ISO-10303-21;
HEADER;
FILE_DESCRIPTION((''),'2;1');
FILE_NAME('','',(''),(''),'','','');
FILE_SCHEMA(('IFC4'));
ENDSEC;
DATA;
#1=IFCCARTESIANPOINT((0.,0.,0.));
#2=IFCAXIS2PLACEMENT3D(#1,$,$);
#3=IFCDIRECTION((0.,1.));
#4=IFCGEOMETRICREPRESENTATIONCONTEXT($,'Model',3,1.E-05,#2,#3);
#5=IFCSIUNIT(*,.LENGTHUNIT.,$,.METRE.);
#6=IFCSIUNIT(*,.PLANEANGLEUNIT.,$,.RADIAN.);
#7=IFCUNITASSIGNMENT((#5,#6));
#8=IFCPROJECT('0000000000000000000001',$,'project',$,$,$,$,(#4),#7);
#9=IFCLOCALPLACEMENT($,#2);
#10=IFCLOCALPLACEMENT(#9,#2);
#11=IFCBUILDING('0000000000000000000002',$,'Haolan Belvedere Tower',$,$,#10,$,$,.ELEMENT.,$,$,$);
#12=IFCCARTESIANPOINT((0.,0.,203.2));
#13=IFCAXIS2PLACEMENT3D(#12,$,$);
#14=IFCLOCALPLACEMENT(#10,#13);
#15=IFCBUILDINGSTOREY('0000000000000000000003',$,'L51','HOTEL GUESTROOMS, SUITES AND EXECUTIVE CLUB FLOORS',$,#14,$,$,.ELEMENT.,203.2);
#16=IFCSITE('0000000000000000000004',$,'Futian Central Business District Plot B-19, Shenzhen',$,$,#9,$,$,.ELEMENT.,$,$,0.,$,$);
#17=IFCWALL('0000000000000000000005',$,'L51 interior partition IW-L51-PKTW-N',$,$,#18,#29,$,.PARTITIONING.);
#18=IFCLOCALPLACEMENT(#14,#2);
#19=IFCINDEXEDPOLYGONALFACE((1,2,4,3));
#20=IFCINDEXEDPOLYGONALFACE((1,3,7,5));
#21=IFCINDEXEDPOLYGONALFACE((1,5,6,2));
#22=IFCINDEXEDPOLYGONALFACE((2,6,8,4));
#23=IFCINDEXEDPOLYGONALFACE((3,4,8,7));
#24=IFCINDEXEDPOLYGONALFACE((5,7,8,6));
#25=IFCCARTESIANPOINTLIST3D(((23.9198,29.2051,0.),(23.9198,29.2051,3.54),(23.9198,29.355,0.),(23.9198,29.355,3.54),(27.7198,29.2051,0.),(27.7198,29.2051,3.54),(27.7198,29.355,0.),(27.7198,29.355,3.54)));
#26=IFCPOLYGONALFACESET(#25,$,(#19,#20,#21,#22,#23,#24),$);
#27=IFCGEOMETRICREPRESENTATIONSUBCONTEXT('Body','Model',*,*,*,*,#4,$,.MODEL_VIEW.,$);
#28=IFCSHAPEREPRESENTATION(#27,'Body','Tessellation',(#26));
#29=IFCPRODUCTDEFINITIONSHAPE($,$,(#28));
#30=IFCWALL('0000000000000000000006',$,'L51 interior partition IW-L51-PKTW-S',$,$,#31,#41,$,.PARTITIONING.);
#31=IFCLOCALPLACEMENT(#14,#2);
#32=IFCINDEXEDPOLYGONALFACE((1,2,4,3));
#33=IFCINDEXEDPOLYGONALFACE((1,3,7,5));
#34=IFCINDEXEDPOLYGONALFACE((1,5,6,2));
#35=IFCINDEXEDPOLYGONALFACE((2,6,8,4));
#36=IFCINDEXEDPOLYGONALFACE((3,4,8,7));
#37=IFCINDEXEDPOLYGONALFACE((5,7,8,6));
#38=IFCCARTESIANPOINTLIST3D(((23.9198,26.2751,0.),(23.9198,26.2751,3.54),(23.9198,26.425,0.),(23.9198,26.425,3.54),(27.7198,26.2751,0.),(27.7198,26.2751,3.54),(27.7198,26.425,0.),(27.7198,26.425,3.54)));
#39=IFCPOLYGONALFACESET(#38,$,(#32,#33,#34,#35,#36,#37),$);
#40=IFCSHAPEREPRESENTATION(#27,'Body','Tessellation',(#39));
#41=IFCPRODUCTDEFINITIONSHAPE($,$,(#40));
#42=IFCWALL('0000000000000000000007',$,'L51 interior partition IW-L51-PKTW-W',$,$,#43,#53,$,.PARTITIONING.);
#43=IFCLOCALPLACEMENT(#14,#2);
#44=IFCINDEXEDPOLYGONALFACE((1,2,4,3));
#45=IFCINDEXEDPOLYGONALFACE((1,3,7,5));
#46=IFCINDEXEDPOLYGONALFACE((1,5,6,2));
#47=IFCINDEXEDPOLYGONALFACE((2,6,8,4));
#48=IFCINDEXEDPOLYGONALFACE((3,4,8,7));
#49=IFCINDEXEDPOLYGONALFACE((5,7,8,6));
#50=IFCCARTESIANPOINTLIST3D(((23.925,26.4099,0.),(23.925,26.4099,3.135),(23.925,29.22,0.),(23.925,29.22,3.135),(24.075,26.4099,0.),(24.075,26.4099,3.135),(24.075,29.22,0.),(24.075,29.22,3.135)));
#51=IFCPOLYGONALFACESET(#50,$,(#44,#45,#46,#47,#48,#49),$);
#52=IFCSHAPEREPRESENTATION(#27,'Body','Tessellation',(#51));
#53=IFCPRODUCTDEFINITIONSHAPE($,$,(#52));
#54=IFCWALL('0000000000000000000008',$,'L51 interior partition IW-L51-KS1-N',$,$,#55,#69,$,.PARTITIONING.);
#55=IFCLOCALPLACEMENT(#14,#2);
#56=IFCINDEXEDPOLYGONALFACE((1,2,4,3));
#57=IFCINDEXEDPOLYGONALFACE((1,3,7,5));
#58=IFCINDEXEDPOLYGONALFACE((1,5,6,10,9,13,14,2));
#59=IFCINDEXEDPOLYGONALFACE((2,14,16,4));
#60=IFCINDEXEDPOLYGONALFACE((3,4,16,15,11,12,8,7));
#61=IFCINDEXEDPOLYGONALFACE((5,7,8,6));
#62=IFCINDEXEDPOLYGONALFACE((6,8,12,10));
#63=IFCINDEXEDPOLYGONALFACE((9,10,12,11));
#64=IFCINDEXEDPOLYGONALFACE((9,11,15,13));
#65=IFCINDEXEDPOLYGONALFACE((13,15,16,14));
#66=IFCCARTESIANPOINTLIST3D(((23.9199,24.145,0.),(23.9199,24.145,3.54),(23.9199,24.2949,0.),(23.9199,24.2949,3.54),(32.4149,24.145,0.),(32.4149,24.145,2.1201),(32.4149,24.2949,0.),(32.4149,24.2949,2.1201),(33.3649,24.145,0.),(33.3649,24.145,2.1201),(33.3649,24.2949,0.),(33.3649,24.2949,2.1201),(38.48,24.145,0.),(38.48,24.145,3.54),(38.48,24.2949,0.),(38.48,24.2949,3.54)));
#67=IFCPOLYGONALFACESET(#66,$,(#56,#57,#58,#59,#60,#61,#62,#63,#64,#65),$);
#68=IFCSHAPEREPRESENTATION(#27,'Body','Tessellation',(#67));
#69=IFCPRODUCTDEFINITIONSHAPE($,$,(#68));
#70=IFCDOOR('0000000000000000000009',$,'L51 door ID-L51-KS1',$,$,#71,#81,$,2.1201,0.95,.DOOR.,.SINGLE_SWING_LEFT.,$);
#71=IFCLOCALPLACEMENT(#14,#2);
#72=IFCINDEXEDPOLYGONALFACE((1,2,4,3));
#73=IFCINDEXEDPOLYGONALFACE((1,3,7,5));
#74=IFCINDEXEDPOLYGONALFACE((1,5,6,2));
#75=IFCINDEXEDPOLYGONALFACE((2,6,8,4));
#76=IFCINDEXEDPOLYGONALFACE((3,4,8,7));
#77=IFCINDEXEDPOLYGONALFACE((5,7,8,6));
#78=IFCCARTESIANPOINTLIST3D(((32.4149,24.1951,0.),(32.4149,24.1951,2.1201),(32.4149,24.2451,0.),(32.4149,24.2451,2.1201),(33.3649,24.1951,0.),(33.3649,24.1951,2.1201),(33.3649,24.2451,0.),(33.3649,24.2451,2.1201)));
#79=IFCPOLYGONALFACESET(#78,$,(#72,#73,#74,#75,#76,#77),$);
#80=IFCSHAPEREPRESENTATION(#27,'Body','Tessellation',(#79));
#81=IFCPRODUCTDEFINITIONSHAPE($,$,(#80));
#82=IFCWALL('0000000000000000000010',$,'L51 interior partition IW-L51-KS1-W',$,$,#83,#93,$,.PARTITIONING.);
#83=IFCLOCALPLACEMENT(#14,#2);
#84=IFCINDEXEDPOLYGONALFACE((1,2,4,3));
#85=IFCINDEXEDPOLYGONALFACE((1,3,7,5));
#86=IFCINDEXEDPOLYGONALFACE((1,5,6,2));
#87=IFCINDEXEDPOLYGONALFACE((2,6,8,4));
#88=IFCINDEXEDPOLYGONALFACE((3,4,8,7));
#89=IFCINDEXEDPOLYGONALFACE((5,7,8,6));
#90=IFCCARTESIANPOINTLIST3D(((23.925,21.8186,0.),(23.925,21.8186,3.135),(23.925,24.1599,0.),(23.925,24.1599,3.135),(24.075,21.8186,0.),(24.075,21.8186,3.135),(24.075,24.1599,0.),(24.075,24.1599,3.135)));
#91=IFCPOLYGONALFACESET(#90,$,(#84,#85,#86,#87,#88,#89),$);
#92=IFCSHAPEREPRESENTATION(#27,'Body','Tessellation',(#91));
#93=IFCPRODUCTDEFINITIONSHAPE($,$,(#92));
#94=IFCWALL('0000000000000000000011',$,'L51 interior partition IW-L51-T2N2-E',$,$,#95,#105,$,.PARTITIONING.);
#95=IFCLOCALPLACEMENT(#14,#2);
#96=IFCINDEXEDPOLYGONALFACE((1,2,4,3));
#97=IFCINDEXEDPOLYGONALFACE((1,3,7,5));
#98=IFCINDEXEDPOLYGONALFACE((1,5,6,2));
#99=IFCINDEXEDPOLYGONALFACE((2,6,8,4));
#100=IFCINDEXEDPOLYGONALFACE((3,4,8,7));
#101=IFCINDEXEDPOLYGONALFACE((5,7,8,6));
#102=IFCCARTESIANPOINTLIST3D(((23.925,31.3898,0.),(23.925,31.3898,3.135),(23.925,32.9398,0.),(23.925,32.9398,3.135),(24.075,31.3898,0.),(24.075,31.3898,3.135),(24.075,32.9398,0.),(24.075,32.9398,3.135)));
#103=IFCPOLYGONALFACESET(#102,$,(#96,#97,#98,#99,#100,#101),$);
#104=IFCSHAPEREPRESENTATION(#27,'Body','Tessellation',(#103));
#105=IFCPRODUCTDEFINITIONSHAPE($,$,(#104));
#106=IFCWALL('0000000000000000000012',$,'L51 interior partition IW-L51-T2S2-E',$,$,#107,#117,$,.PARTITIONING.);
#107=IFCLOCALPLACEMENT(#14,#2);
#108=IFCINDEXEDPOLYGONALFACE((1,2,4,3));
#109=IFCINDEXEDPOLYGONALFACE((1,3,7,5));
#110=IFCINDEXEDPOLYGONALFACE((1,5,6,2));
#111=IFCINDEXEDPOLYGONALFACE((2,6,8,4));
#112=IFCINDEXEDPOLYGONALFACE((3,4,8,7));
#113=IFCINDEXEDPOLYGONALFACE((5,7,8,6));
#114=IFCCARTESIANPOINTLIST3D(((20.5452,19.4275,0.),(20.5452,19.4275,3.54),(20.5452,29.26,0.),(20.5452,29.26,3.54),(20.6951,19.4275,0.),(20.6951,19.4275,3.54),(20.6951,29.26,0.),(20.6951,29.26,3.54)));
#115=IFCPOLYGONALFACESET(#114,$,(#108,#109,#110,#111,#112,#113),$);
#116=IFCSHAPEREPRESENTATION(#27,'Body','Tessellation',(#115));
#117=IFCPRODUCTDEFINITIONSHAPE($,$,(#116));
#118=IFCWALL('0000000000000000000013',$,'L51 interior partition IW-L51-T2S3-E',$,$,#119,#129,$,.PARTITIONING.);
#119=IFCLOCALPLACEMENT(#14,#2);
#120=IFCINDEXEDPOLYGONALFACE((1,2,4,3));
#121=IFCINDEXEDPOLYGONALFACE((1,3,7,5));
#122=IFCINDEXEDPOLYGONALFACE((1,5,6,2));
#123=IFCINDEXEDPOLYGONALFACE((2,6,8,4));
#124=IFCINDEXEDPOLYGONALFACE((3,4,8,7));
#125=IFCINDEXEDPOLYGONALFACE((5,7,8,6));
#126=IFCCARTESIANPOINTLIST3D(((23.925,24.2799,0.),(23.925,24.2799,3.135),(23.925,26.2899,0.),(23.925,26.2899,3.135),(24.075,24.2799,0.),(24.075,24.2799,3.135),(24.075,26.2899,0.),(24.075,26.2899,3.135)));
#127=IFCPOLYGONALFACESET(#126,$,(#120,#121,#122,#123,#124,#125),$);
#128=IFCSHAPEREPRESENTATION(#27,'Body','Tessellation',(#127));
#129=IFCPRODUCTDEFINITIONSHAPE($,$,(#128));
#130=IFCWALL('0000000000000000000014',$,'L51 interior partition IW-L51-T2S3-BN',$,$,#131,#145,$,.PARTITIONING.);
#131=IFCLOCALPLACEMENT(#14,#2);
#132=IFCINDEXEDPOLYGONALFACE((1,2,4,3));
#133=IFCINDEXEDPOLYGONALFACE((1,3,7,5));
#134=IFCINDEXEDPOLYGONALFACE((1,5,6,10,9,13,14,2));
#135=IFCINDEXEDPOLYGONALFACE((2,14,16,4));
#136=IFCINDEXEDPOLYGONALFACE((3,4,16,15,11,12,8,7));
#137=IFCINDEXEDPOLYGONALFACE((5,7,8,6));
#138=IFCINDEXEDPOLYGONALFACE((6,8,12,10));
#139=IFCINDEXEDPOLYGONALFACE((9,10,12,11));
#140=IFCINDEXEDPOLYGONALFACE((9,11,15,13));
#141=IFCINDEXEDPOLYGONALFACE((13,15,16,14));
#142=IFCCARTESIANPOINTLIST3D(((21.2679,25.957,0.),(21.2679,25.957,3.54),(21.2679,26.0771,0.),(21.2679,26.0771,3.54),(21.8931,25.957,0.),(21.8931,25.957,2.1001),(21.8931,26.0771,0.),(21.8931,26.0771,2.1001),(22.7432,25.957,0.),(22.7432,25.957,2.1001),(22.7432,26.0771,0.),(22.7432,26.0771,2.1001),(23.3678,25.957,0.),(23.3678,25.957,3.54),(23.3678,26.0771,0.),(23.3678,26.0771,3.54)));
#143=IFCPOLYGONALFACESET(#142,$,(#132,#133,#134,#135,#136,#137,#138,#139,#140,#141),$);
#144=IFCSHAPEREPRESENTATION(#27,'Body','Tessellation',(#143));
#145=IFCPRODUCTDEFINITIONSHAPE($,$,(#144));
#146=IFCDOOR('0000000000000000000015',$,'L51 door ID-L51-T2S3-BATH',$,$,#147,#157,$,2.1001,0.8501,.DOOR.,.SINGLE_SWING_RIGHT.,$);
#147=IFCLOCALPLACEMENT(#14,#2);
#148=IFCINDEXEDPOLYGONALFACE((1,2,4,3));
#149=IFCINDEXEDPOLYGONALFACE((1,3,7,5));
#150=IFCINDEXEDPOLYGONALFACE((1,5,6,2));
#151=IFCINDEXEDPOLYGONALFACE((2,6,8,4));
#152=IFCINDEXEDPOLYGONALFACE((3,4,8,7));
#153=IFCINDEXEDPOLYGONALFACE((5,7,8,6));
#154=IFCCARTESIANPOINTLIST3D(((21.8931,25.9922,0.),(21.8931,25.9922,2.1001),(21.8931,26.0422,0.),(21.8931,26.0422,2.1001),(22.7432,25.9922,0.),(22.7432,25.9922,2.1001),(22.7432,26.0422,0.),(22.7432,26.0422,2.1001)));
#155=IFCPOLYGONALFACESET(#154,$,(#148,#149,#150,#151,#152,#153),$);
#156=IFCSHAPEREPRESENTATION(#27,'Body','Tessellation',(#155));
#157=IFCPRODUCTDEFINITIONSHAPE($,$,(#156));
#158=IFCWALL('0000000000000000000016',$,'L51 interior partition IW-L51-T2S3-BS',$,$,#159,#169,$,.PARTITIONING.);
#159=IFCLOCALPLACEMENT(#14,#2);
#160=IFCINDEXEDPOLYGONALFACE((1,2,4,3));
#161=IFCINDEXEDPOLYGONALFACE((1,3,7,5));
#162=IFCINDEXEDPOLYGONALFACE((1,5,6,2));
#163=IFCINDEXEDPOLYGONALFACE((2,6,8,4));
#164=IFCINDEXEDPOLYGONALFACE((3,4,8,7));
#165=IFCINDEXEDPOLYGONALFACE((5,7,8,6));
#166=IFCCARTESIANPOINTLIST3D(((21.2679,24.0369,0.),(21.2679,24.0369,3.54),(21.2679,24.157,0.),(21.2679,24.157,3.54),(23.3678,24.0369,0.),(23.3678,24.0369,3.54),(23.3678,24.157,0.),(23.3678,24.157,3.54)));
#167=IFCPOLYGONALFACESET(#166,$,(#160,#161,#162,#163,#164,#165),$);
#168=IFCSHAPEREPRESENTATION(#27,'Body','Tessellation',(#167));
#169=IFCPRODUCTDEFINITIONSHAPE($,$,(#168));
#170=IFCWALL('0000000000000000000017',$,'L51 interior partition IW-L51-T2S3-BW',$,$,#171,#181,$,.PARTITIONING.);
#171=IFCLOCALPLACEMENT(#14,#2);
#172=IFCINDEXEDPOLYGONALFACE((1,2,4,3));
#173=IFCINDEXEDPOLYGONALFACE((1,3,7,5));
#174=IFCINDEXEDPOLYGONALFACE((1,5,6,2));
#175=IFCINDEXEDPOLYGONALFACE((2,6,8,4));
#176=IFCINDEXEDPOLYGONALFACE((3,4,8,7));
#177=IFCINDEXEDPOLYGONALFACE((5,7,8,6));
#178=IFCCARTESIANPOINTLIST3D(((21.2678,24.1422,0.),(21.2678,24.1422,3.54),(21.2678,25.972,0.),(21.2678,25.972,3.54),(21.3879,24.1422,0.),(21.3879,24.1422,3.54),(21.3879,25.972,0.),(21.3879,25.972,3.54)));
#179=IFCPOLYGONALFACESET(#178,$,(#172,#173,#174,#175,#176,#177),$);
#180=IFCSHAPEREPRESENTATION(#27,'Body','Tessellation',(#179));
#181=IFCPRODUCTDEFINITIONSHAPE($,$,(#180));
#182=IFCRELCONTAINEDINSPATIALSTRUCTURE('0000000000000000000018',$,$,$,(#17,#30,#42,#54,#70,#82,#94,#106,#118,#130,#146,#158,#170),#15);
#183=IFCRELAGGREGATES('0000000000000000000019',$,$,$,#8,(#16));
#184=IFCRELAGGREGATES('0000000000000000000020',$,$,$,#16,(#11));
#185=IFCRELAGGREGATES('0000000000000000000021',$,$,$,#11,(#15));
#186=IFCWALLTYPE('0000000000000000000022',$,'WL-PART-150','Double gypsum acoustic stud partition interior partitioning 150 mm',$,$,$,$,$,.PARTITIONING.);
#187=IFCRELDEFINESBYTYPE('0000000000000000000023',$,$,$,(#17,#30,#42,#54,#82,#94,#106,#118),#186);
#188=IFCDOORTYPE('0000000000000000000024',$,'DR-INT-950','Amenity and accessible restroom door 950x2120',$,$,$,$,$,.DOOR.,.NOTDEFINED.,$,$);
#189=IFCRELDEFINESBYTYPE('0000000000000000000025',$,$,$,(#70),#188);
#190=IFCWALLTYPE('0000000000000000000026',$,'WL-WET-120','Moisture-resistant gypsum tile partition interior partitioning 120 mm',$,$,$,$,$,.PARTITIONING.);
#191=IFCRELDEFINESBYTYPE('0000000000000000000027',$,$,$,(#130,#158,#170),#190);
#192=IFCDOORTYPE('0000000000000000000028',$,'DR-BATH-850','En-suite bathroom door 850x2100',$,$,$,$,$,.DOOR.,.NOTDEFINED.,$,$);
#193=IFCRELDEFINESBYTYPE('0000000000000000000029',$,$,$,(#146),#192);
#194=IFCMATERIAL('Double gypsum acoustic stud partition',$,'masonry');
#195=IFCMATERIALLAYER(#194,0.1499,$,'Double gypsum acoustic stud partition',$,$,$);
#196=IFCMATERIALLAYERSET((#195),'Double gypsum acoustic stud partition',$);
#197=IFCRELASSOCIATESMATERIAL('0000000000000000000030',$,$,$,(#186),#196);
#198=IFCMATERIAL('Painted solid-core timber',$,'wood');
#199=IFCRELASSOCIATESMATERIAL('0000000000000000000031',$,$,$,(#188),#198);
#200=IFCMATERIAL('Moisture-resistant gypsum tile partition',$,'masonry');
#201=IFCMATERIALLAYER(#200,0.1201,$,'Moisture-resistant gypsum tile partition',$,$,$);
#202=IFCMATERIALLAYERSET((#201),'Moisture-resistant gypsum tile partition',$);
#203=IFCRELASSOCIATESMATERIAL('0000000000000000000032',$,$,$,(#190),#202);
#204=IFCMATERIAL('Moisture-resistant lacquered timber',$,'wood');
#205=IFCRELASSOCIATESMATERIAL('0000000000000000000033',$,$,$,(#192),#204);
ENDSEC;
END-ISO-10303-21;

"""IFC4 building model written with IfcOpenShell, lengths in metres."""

from ifc_helpers import new_model, si_unit, direction, frame, frame_2d, origin, place, context, subcontext, project, spatial, rectangle, extrude, material, layer, layer_set, type_object, element, fill, save


model = new_model("IFC4")

# Units and contexts
model_context = context("Model", 3, precision=1e-05, world=origin(), true_north=direction((0.0, 1.0)))
body_context = subcontext(model_context, "Body", "Model", "MODEL_VIEW")
ifc_project = project(units=[si_unit("LENGTHUNIT", "METRE"), si_unit("PLANEANGLEUNIT", "RADIAN")], contexts=[model_context])

# Site, building, storey
site_placement = place(None, origin())
site = spatial("IfcSite", under=ifc_project, at=site_placement, Name="Futian Central Business District Plot B-19, Shenzhen", CompositionType="ELEMENT", RefElevation=0.0)
building_placement = place(site_placement, origin())
building = spatial("IfcBuilding", under=site, at=building_placement, Name="Haolan Belvedere Tower", CompositionType="ELEMENT")
storey_placement = place(building_placement, frame((0.0, 0.0, 203.2)))
storey = spatial("IfcBuildingStorey", under=building, at=storey_placement, Name="L51", Description="HOTEL GUESTROOMS, SUITES AND EXECUTIVE CLUB FLOORS", CompositionType="ELEMENT", Elevation=203.2)

# Walls
ifc_material_1 = material(Name="Double gypsum acoustic stud partition", Category="masonry")
ifc_layer_1 = layer(ifc_material_1, 0.1499, Name="Double gypsum acoustic stud partition")
ifc_layer_set_1 = layer_set([ifc_layer_1], Name="Double gypsum acoustic stud partition")
wall_type_1 = type_object("IfcWallType", Name="WL-PART-150", Description="Double gypsum acoustic stud partition interior partitioning 150 mm", PredefinedType="PARTITIONING", material=ifc_layer_set_1)
for number, where, z_axis, x_axis, name in (
    (1, (23.9199, 29.28, 0.0), (0.0, 0.0, 1.0), (1.0, 0.0, 0.0), "L51 interior partition IW-L51-PKTW-N"),
    (2, (23.9199, 26.3501, 0.0), (0.0, 0.0, 1.0), (1.0, 0.0, 0.0), "L51 interior partition IW-L51-PKTW-S"),
):
    element("IfcWall", number, at=place(storey_placement, frame(where, z_axis=z_axis, x_axis=x_axis)), inside=storey, type_object=wall_type_1, Name=name, PredefinedType="PARTITIONING", context=body_context, shape_type="SweptSolid", body=[
        extrude(rectangle(XDim=3.8, YDim=0.1499, at=frame_2d((1.8999, 0.0))), origin(), (0.0, 0.0, 1.0), 3.54),
    ])
wall_1_placement = place(storey_placement, frame((24.0, 26.4099, 0.0), z_axis=(0.0, 0.0, 1.0), x_axis=(0.0, 1.0, 0.0)))
element("IfcWall", 3, at=wall_1_placement, inside=storey, type_object=wall_type_1, Name="L51 interior partition IW-L51-PKTW-W", PredefinedType="PARTITIONING", context=body_context, shape_type="SweptSolid", body=[
    extrude(rectangle(XDim=2.8101, YDim=0.1499, at=frame_2d((1.405, 0.0))), origin(), (0.0, 0.0, 1.0), 3.135),
])

# Wall, opening, door
wall_2_placement = place(storey_placement, frame((23.9199, 24.22, 0.0), z_axis=(0.0, 0.0, 1.0), x_axis=(1.0, 0.0, 0.0)))
wall_2 = element("IfcWall", 4, at=wall_2_placement, inside=storey, type_object=wall_type_1, Name="L51 interior partition IW-L51-KS1-N", PredefinedType="PARTITIONING", context=body_context, shape_type="SweptSolid", body=[
    extrude(rectangle(XDim=14.5601, YDim=0.1499, at=frame_2d((7.28, 0.0))), origin(), (0.0, 0.0, 1.0), 3.54),
])
opening_1_placement = place(wall_2_placement, frame((9.4451, 0.0, 0.0), z_axis=(0.0, 0.0, 1.0), x_axis=(-1.0, 0.0, 0.0)))
opening_1 = element("IfcOpeningElement", 5, at=opening_1_placement, cuts=wall_2, PredefinedType="OPENING", context=body_context, shape_type="SweptSolid", body=[
    extrude(rectangle(XDim=0.95, YDim=2.1201, at=frame_2d((0.4751, 1.0601))), frame((0.0, 0.085, 0.0), z_axis=(0.0, -1.0, 0.0), x_axis=(1.0, 0.0, 0.0)), (0.0, 0.0, 1.0), 0.1699),
])
ifc_material_2 = material(Name="Painted solid-core timber", Category="wood")
door_type_1 = type_object("IfcDoorType", Name="DR-INT-950", Description="Amenity and accessible restroom door 950x2120", OperationType="NOTDEFINED", PredefinedType="DOOR", material=ifc_material_2)
door_1_placement = place(opening_1_placement, origin())
door_1 = element("IfcDoor", 6, at=door_1_placement, inside=storey, type_object=door_type_1, Name="L51 door ID-L51-KS1", OperationType="SINGLE_SWING_LEFT", OverallHeight=2.1201, OverallWidth=0.95, PredefinedType="DOOR", context=body_context, shape_type="SweptSolid", body=[
    extrude(rectangle(XDim=0.95, YDim=2.1201, at=frame_2d((0.4751, 1.0601))), frame((0.0, 0.0249, 0.0), z_axis=(0.0, -1.0, 0.0), x_axis=(1.0, 0.0, 0.0)), (0.0, 0.0, 1.0), 0.05),
])
fill(opening_1, door_1)

# Walls
wall_3_placement = place(storey_placement, frame((24.0, 21.8186, 0.0), z_axis=(0.0, 0.0, 1.0), x_axis=(0.0, 1.0, 0.0)))
element("IfcWall", 7, at=wall_3_placement, inside=storey, type_object=wall_type_1, Name="L51 interior partition IW-L51-KS1-W", PredefinedType="PARTITIONING", context=body_context, shape_type="SweptSolid", body=[
    extrude(rectangle(XDim=2.3413, YDim=0.1499, at=frame_2d((1.1707, 0.0))), origin(), (0.0, 0.0, 1.0), 3.135),
])
wall_4_placement = place(storey_placement, frame((24.0, 31.3899, 0.0), z_axis=(0.0, 0.0, 1.0), x_axis=(0.0, 1.0, 0.0)))
element("IfcWall", 8, at=wall_4_placement, inside=storey, type_object=wall_type_1, Name="L51 interior partition IW-L51-T2N2-E", PredefinedType="PARTITIONING", context=body_context, shape_type="SweptSolid", body=[
    extrude(rectangle(XDim=1.55, YDim=0.1499, at=frame_2d((0.7749, 0.0))), origin(), (0.0, 0.0, 1.0), 3.135),
])
wall_5_placement = place(storey_placement, frame((20.6201, 19.4275, 0.0), z_axis=(0.0, 0.0, 1.0), x_axis=(0.0, 1.0, 0.0)))
element("IfcWall", 9, at=wall_5_placement, inside=storey, type_object=wall_type_1, Name="L51 interior partition IW-L51-T2S2-E", PredefinedType="PARTITIONING", context=body_context, shape_type="SweptSolid", body=[
    extrude(rectangle(XDim=9.8325, YDim=0.1499, at=frame_2d((4.9163, 0.0))), origin(), (0.0, 0.0, 1.0), 3.54),
])

# Wall
wall_6_placement = place(storey_placement, frame((24.0, 24.28, 0.0), z_axis=(0.0, 0.0, 1.0), x_axis=(0.0, 1.0, 0.0)))
element("IfcWall", 10, at=wall_6_placement, inside=storey, type_object=wall_type_1, Name="L51 interior partition IW-L51-T2S3-E", PredefinedType="PARTITIONING", context=body_context, shape_type="SweptSolid", body=[
    extrude(rectangle(XDim=2.01, YDim=0.1499, at=frame_2d((1.0049, 0.0))), origin(), (0.0, 0.0, 1.0), 3.135),
])

# Wall, opening, door
ifc_material_3 = material(Name="Moisture-resistant gypsum tile partition", Category="masonry")
ifc_layer_2 = layer(ifc_material_3, 0.1201, Name="Moisture-resistant gypsum tile partition")
ifc_layer_set_2 = layer_set([ifc_layer_2], Name="Moisture-resistant gypsum tile partition")
wall_type_2 = type_object("IfcWallType", Name="WL-WET-120", Description="Moisture-resistant gypsum tile partition interior partitioning 120 mm", PredefinedType="PARTITIONING", material=ifc_layer_set_2)
wall_7_placement = place(storey_placement, frame((21.2681, 26.0171, 0.0), z_axis=(0.0, 0.0, 1.0), x_axis=(1.0, 0.0, 0.0)))
wall_7 = element("IfcWall", 11, at=wall_7_placement, inside=storey, type_object=wall_type_2, Name="L51 interior partition IW-L51-T2S3-BN", PredefinedType="PARTITIONING", context=body_context, shape_type="SweptSolid", body=[
    extrude(rectangle(XDim=2.0999, YDim=0.1201, at=frame_2d((1.0498, 0.0))), origin(), (0.0, 0.0, 1.0), 3.54),
])
opening_2_placement = place(wall_7_placement, frame((1.4751, 0.0, 0.0), z_axis=(0.0, 0.0, 1.0), x_axis=(-1.0, 0.0, 0.0)))
opening_2 = element("IfcOpeningElement", 12, at=opening_2_placement, cuts=wall_7, PredefinedType="OPENING", context=body_context, shape_type="SweptSolid", body=[
    extrude(rectangle(XDim=0.8501, YDim=2.1001, at=frame_2d((0.425, 1.05))), frame((0.0, 0.0701, 0.0), z_axis=(0.0, -1.0, 0.0), x_axis=(1.0, 0.0, 0.0)), (0.0, 0.0, 1.0), 0.1401),
])
ifc_material_4 = material(Name="Moisture-resistant lacquered timber", Category="wood")
door_type_2 = type_object("IfcDoorType", Name="DR-BATH-850", Description="En-suite bathroom door 850x2100", OperationType="NOTDEFINED", PredefinedType="DOOR", material=ifc_material_4)
door_2_placement = place(opening_2_placement, origin())
door_2 = element("IfcDoor", 13, at=door_2_placement, inside=storey, type_object=door_type_2, Name="L51 door ID-L51-T2S3-BATH", OperationType="SINGLE_SWING_RIGHT", OverallHeight=2.1001, OverallWidth=0.8501, PredefinedType="DOOR", context=body_context, shape_type="SweptSolid", body=[
    extrude(rectangle(XDim=0.8501, YDim=2.1001, at=frame_2d((0.425, 1.05))), frame((0.0, 0.0249, 0.0), z_axis=(0.0, -1.0, 0.0), x_axis=(1.0, 0.0, 0.0)), (0.0, 0.0, 1.0), 0.05),
])
fill(opening_2, door_2)

# Walls
wall_8_placement = place(storey_placement, frame((21.2681, 24.0969, 0.0), z_axis=(0.0, 0.0, 1.0), x_axis=(1.0, 0.0, 0.0)))
element("IfcWall", 14, at=wall_8_placement, inside=storey, type_object=wall_type_2, Name="L51 interior partition IW-L51-T2S3-BS", PredefinedType="PARTITIONING", context=body_context, shape_type="SweptSolid", body=[
    extrude(rectangle(XDim=2.0999, YDim=0.1201, at=frame_2d((1.0498, 0.0))), origin(), (0.0, 0.0, 1.0), 3.54),
])
for number, where, z_axis, x_axis, name in (
    (15, (21.3279, 24.1421, 0.0), (0.0, 0.0, 1.0), (0.0, 1.0, 0.0), "L51 interior partition IW-L51-T2S3-BW"),
):
    element("IfcWall", number, at=place(storey_placement, frame(where, z_axis=z_axis, x_axis=x_axis)), inside=storey, type_object=wall_type_2, Name=name, PredefinedType="PARTITIONING", context=body_context, shape_type="SweptSolid", body=[
        extrude(rectangle(XDim=1.8298, YDim=0.1201, at=frame_2d((0.915, 0.0))), origin(), (0.0, 0.0, 1.0), 3.54),
    ])

save(model, "model.ifc")
